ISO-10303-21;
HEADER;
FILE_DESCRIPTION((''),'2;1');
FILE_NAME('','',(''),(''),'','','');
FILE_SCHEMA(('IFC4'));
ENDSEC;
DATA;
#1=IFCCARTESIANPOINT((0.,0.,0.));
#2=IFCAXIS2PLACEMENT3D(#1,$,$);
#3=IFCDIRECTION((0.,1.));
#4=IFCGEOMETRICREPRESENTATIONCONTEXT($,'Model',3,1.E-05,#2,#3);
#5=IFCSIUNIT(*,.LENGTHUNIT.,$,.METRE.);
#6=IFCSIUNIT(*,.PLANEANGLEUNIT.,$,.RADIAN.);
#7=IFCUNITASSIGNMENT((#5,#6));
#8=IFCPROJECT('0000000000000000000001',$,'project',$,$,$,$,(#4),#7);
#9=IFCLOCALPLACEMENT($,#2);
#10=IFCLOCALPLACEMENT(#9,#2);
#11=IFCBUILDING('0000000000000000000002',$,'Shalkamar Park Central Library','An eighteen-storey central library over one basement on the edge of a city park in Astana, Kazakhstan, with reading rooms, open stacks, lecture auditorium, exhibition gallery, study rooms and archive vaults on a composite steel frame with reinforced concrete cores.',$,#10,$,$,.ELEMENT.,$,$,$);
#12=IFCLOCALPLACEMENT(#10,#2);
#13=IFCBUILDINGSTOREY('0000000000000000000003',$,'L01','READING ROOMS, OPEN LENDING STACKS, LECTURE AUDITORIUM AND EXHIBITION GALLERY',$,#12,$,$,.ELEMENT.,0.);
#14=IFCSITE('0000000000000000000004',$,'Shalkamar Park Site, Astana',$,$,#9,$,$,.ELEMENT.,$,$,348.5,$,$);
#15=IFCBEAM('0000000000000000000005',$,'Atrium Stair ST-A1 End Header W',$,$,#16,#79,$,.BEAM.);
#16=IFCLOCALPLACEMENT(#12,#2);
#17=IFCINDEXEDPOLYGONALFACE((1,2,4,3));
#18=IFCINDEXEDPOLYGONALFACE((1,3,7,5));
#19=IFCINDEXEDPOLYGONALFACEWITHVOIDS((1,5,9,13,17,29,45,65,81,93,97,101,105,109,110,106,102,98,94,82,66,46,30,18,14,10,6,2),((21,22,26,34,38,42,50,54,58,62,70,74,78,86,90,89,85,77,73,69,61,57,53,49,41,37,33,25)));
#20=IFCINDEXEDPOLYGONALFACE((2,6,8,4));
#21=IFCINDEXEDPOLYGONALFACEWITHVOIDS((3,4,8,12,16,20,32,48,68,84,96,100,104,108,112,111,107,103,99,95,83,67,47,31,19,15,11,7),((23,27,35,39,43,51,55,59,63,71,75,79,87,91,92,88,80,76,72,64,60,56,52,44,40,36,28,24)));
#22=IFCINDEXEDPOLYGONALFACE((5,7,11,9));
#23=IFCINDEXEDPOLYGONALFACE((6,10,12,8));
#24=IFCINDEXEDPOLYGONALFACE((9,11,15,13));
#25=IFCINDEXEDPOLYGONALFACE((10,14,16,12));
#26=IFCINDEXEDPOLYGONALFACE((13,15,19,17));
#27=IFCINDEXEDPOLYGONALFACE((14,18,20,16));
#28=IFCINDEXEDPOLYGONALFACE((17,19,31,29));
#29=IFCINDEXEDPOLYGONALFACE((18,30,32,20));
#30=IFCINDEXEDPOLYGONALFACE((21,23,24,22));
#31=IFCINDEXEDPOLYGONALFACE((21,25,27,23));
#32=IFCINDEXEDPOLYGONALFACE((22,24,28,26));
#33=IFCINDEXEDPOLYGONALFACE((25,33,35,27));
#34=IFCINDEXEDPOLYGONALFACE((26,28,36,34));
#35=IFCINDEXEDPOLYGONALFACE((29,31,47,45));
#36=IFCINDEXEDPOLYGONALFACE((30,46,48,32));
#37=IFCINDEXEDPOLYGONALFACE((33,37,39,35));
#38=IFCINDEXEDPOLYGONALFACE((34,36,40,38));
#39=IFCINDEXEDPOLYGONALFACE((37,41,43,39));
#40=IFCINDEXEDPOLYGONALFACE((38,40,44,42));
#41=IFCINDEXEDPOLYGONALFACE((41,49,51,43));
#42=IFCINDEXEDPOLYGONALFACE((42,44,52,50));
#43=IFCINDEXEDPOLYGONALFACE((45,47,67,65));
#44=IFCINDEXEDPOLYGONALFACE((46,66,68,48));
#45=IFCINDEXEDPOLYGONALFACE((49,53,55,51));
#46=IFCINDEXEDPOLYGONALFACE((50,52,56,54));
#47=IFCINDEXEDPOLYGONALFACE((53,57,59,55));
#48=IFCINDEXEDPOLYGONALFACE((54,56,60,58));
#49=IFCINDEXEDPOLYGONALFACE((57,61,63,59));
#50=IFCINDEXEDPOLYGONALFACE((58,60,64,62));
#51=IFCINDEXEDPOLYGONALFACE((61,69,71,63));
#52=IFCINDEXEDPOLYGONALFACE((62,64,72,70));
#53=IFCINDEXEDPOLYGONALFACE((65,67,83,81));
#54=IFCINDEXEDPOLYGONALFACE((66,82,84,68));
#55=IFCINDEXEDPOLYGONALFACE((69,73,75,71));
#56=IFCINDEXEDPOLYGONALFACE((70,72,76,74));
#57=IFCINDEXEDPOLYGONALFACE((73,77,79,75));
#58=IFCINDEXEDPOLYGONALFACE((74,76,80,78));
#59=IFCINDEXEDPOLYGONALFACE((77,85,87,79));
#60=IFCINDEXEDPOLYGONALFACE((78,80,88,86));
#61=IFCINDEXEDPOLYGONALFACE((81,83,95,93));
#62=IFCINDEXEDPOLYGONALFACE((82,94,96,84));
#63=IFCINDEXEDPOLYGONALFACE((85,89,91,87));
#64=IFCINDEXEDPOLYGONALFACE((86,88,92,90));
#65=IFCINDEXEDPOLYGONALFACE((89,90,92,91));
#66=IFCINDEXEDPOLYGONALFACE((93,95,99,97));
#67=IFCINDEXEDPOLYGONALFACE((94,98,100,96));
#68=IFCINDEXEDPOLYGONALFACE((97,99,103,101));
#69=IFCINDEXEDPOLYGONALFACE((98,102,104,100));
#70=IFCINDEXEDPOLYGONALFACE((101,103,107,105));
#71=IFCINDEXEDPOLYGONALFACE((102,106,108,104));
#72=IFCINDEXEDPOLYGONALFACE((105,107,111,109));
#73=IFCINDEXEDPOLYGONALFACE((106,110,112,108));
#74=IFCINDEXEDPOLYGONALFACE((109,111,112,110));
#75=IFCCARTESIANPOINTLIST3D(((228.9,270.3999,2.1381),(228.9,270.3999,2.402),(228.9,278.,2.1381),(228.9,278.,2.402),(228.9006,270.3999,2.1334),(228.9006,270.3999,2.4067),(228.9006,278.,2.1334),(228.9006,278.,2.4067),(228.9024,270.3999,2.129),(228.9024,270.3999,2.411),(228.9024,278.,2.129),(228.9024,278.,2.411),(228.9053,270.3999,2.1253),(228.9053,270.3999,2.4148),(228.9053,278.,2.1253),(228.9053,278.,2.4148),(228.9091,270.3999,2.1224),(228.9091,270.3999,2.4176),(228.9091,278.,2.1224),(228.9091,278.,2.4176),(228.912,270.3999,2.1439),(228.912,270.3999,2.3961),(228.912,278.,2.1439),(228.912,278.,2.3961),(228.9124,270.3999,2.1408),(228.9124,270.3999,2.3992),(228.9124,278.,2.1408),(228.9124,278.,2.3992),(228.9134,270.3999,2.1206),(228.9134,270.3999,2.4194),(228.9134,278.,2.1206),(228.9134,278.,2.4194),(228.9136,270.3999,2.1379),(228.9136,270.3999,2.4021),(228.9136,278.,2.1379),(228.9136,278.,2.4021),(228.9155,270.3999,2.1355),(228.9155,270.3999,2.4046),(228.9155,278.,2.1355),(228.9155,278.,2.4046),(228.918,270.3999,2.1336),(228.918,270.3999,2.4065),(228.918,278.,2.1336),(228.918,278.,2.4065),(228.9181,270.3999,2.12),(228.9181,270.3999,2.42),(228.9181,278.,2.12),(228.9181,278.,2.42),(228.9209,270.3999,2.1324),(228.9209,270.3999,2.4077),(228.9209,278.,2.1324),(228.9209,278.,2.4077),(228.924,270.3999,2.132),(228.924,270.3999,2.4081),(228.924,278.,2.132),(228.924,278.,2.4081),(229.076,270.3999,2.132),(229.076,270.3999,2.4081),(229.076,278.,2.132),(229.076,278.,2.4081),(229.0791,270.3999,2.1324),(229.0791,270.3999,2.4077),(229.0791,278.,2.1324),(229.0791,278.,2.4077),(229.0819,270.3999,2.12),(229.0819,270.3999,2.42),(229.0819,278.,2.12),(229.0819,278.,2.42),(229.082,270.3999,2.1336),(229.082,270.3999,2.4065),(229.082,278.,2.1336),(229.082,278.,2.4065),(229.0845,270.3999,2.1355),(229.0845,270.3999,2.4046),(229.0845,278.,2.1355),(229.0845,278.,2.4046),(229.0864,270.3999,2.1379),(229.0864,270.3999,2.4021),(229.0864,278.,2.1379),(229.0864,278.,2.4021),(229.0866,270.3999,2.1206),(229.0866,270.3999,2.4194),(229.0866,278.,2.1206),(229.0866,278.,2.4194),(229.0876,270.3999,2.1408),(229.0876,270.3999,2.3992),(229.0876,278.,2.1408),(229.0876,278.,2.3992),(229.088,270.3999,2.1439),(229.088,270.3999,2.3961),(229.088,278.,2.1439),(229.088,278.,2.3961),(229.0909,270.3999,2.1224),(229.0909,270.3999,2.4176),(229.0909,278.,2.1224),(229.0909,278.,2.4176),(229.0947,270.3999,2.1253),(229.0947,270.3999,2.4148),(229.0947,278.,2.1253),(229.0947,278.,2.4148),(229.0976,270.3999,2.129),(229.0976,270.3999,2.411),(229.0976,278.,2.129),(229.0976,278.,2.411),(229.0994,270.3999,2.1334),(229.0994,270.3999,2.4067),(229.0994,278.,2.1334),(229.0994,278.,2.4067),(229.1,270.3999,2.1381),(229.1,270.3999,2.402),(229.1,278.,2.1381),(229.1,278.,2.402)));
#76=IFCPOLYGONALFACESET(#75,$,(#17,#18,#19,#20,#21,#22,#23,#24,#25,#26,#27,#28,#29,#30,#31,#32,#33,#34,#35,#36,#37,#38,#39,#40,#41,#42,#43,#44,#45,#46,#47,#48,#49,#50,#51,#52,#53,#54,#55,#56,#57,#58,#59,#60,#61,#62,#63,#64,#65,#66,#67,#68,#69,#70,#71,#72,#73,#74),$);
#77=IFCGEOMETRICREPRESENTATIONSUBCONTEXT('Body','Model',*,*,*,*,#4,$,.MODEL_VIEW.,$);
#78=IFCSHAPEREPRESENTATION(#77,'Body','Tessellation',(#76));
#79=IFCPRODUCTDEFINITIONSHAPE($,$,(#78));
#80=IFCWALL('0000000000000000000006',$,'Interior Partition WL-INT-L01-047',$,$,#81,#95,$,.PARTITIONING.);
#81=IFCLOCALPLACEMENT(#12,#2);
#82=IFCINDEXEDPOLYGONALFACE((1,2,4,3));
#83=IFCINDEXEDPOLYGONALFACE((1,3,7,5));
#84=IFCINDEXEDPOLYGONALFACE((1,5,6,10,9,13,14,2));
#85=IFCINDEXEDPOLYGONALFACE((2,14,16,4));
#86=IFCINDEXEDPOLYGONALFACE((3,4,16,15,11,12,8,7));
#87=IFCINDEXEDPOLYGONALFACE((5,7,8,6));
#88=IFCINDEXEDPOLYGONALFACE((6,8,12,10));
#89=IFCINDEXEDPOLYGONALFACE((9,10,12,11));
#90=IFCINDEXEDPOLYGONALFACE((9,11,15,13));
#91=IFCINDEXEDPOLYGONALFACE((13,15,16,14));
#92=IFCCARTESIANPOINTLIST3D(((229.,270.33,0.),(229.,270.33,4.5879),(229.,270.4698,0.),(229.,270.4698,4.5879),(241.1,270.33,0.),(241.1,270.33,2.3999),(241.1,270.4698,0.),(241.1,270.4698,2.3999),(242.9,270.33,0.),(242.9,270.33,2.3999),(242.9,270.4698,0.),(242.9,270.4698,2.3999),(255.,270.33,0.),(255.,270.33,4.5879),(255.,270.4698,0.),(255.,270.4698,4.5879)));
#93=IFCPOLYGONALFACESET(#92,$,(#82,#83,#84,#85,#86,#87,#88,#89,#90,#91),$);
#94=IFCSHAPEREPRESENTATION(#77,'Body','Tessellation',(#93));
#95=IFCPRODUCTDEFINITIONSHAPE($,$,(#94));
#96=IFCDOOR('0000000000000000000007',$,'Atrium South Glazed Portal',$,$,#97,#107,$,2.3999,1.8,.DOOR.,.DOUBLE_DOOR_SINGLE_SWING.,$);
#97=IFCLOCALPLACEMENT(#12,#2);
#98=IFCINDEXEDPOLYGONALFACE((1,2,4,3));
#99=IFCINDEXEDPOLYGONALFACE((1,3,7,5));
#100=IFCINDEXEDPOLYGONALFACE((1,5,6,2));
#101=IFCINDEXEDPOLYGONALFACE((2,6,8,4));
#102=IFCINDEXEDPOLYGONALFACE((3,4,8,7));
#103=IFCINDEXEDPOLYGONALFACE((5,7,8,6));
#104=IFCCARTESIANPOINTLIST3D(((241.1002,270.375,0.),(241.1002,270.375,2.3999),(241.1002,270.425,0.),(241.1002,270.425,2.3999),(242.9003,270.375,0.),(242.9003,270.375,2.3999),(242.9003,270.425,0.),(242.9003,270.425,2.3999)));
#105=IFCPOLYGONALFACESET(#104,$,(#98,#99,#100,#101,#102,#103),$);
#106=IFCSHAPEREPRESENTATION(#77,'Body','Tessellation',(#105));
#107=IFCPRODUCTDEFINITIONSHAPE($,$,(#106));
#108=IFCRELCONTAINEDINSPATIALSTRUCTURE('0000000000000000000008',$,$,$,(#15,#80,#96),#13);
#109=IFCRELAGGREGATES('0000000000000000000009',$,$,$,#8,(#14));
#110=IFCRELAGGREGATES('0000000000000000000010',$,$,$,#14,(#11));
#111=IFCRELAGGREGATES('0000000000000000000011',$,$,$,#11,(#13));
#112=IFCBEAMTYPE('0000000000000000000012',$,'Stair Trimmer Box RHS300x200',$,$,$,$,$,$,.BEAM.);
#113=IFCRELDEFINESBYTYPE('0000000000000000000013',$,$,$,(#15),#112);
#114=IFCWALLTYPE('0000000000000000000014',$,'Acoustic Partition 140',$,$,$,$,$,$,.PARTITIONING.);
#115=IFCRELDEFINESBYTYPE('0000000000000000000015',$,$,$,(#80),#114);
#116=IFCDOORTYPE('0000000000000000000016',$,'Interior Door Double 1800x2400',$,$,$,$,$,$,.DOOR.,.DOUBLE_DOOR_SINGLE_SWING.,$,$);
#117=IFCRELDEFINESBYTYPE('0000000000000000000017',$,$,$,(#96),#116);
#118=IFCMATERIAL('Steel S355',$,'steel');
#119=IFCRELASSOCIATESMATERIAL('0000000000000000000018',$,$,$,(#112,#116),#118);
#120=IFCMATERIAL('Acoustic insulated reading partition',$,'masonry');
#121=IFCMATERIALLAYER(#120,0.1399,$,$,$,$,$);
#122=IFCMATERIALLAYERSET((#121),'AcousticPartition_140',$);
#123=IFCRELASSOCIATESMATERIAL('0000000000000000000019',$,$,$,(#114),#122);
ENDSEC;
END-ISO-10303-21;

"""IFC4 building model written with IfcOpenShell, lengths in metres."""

from ifc_helpers import new_model, si_unit, direction, frame, frame_2d, origin, origin_2d, place, context, subcontext, project, spatial, rectangle, hollow_rectangle, extrude, material, layer, layer_set, material_profile, profile_set, type_object, element, fill, save


model = new_model("IFC4")

# Units and contexts
model_context = context("Model", 3, precision=1e-05, world=origin(), true_north=direction((0.0, 1.0)))
body_context = subcontext(model_context, "Body", "Model", "MODEL_VIEW")
ifc_project = project(units=[si_unit("LENGTHUNIT", "METRE"), si_unit("PLANEANGLEUNIT", "RADIAN")], contexts=[model_context])

# Site, building, storey
site_placement = place(None, origin())
site = spatial("IfcSite", under=ifc_project, at=site_placement, Name="Shalkamar Park Site, Astana", CompositionType="ELEMENT", RefElevation=348.5)
building_placement = place(site_placement, origin())
building = spatial("IfcBuilding", under=site, at=building_placement, Name="Shalkamar Park Central Library", Description="An eighteen-storey central library over one basement on the edge of a city park in Astana, Kazakhstan, with reading rooms, open stacks, lecture auditorium, exhibition gallery, study rooms and archive vaults on a composite steel frame with reinforced concrete cores.", CompositionType="ELEMENT")
storey_placement = place(building_placement, origin())
storey = spatial("IfcBuildingStorey", under=building, at=storey_placement, Name="L01", Description="READING ROOMS, OPEN LENDING STACKS, LECTURE AUDITORIUM AND EXHIBITION GALLERY", CompositionType="ELEMENT", Elevation=0.0)

# Shared definitions
ifc_material_1 = material(Name="Steel S355", Category="steel")

# Beam
ifc_material_profile_1 = material_profile(ifc_material_1, hollow_rectangle(XDim=0.2, YDim=0.3, WallThickness=0.012, InnerFilletRadius=0.012, OuterFilletRadius=0.0181, at=origin_2d()), Name="RHS 300x200x12")
ifc_profile_set_1 = profile_set([ifc_material_profile_1], Name="Steel S355")
beam_type_1 = type_object("IfcBeamType", Name="Stair Trimmer Box RHS300x200", PredefinedType="BEAM", material=ifc_profile_set_1)
beam_1_placement = place(storey_placement, frame((229.0, 270.3999, 2.27), z_axis=(0.0, 1.0, 0.0), x_axis=(-1.0, 0.0, 0.0)))
element("IfcBeam", 1, at=beam_1_placement, inside=storey, type_object=beam_type_1, Name="Atrium Stair ST-A1 End Header W", PredefinedType="BEAM", context=body_context, shape_type="SweptSolid", body=[
    extrude(hollow_rectangle(XDim=0.2, YDim=0.3, WallThickness=0.012, InnerFilletRadius=0.012, OuterFilletRadius=0.0181, at=origin_2d()), origin(), (0.0, 0.0, 1.0), 7.6001),
])

# Wall, opening, door
ifc_material_2 = material(Name="Acoustic insulated reading partition", Category="masonry")
ifc_layer_1 = layer(ifc_material_2, 0.1399)
ifc_layer_set_1 = layer_set([ifc_layer_1], Name="AcousticPartition_140")
wall_type_1 = type_object("IfcWallType", Name="Acoustic Partition 140", PredefinedType="PARTITIONING", material=ifc_layer_set_1)
wall_1_placement = place(storey_placement, frame((229.0, 270.3999, 0.0), z_axis=(0.0, 0.0, 1.0), x_axis=(1.0, 0.0, 0.0)))
wall_1 = element("IfcWall", 2, at=wall_1_placement, inside=storey, type_object=wall_type_1, Name="Interior Partition WL-INT-L01-047", PredefinedType="PARTITIONING", context=body_context, shape_type="SweptSolid", body=[
    extrude(rectangle(XDim=26.0, YDim=0.1399, at=frame_2d((13.0, 0.0))), origin(), (0.0, 0.0, 1.0), 4.5879),
])
opening_1_placement = place(wall_1_placement, frame((12.1001, 0.0, 0.0)))
opening_1 = element("IfcOpeningElement", 3, at=opening_1_placement, cuts=wall_1, PredefinedType="OPENING", context=body_context, shape_type="SweptSolid", body=[
    extrude(rectangle(XDim=1.8, YDim=2.3999, at=frame_2d((0.8999, 1.2))), frame((0.0, 0.085, 0.0), z_axis=(0.0, -1.0, 0.0), x_axis=(1.0, 0.0, 0.0)), (0.0, 0.0, 1.0), 0.1697),
])
door_type_1 = type_object("IfcDoorType", Name="Interior Door Double 1800x2400", OperationType="DOUBLE_DOOR_SINGLE_SWING", PredefinedType="DOOR", material=ifc_material_1)
door_1_placement = place(opening_1_placement, frame((1.8, 0.0, 0.0), z_axis=(0.0, 0.0, 1.0), x_axis=(-1.0, 0.0, 0.0)))
door_1 = element("IfcDoor", 4, at=door_1_placement, inside=storey, type_object=door_type_1, Name="Atrium South Glazed Portal", OperationType="DOUBLE_DOOR_SINGLE_SWING", OverallHeight=2.3999, OverallWidth=1.8, PredefinedType="DOOR", context=body_context, shape_type="SweptSolid", body=[
    extrude(rectangle(XDim=1.8, YDim=2.3999, at=frame_2d((0.8999, 1.2))), frame((0.0, 0.0249, 0.0), z_axis=(0.0, -1.0, 0.0), x_axis=(1.0, 0.0, 0.0)), (0.0, 0.0, 1.0), 0.05),
])
fill(opening_1, door_1)

save(model, "model.ifc")
